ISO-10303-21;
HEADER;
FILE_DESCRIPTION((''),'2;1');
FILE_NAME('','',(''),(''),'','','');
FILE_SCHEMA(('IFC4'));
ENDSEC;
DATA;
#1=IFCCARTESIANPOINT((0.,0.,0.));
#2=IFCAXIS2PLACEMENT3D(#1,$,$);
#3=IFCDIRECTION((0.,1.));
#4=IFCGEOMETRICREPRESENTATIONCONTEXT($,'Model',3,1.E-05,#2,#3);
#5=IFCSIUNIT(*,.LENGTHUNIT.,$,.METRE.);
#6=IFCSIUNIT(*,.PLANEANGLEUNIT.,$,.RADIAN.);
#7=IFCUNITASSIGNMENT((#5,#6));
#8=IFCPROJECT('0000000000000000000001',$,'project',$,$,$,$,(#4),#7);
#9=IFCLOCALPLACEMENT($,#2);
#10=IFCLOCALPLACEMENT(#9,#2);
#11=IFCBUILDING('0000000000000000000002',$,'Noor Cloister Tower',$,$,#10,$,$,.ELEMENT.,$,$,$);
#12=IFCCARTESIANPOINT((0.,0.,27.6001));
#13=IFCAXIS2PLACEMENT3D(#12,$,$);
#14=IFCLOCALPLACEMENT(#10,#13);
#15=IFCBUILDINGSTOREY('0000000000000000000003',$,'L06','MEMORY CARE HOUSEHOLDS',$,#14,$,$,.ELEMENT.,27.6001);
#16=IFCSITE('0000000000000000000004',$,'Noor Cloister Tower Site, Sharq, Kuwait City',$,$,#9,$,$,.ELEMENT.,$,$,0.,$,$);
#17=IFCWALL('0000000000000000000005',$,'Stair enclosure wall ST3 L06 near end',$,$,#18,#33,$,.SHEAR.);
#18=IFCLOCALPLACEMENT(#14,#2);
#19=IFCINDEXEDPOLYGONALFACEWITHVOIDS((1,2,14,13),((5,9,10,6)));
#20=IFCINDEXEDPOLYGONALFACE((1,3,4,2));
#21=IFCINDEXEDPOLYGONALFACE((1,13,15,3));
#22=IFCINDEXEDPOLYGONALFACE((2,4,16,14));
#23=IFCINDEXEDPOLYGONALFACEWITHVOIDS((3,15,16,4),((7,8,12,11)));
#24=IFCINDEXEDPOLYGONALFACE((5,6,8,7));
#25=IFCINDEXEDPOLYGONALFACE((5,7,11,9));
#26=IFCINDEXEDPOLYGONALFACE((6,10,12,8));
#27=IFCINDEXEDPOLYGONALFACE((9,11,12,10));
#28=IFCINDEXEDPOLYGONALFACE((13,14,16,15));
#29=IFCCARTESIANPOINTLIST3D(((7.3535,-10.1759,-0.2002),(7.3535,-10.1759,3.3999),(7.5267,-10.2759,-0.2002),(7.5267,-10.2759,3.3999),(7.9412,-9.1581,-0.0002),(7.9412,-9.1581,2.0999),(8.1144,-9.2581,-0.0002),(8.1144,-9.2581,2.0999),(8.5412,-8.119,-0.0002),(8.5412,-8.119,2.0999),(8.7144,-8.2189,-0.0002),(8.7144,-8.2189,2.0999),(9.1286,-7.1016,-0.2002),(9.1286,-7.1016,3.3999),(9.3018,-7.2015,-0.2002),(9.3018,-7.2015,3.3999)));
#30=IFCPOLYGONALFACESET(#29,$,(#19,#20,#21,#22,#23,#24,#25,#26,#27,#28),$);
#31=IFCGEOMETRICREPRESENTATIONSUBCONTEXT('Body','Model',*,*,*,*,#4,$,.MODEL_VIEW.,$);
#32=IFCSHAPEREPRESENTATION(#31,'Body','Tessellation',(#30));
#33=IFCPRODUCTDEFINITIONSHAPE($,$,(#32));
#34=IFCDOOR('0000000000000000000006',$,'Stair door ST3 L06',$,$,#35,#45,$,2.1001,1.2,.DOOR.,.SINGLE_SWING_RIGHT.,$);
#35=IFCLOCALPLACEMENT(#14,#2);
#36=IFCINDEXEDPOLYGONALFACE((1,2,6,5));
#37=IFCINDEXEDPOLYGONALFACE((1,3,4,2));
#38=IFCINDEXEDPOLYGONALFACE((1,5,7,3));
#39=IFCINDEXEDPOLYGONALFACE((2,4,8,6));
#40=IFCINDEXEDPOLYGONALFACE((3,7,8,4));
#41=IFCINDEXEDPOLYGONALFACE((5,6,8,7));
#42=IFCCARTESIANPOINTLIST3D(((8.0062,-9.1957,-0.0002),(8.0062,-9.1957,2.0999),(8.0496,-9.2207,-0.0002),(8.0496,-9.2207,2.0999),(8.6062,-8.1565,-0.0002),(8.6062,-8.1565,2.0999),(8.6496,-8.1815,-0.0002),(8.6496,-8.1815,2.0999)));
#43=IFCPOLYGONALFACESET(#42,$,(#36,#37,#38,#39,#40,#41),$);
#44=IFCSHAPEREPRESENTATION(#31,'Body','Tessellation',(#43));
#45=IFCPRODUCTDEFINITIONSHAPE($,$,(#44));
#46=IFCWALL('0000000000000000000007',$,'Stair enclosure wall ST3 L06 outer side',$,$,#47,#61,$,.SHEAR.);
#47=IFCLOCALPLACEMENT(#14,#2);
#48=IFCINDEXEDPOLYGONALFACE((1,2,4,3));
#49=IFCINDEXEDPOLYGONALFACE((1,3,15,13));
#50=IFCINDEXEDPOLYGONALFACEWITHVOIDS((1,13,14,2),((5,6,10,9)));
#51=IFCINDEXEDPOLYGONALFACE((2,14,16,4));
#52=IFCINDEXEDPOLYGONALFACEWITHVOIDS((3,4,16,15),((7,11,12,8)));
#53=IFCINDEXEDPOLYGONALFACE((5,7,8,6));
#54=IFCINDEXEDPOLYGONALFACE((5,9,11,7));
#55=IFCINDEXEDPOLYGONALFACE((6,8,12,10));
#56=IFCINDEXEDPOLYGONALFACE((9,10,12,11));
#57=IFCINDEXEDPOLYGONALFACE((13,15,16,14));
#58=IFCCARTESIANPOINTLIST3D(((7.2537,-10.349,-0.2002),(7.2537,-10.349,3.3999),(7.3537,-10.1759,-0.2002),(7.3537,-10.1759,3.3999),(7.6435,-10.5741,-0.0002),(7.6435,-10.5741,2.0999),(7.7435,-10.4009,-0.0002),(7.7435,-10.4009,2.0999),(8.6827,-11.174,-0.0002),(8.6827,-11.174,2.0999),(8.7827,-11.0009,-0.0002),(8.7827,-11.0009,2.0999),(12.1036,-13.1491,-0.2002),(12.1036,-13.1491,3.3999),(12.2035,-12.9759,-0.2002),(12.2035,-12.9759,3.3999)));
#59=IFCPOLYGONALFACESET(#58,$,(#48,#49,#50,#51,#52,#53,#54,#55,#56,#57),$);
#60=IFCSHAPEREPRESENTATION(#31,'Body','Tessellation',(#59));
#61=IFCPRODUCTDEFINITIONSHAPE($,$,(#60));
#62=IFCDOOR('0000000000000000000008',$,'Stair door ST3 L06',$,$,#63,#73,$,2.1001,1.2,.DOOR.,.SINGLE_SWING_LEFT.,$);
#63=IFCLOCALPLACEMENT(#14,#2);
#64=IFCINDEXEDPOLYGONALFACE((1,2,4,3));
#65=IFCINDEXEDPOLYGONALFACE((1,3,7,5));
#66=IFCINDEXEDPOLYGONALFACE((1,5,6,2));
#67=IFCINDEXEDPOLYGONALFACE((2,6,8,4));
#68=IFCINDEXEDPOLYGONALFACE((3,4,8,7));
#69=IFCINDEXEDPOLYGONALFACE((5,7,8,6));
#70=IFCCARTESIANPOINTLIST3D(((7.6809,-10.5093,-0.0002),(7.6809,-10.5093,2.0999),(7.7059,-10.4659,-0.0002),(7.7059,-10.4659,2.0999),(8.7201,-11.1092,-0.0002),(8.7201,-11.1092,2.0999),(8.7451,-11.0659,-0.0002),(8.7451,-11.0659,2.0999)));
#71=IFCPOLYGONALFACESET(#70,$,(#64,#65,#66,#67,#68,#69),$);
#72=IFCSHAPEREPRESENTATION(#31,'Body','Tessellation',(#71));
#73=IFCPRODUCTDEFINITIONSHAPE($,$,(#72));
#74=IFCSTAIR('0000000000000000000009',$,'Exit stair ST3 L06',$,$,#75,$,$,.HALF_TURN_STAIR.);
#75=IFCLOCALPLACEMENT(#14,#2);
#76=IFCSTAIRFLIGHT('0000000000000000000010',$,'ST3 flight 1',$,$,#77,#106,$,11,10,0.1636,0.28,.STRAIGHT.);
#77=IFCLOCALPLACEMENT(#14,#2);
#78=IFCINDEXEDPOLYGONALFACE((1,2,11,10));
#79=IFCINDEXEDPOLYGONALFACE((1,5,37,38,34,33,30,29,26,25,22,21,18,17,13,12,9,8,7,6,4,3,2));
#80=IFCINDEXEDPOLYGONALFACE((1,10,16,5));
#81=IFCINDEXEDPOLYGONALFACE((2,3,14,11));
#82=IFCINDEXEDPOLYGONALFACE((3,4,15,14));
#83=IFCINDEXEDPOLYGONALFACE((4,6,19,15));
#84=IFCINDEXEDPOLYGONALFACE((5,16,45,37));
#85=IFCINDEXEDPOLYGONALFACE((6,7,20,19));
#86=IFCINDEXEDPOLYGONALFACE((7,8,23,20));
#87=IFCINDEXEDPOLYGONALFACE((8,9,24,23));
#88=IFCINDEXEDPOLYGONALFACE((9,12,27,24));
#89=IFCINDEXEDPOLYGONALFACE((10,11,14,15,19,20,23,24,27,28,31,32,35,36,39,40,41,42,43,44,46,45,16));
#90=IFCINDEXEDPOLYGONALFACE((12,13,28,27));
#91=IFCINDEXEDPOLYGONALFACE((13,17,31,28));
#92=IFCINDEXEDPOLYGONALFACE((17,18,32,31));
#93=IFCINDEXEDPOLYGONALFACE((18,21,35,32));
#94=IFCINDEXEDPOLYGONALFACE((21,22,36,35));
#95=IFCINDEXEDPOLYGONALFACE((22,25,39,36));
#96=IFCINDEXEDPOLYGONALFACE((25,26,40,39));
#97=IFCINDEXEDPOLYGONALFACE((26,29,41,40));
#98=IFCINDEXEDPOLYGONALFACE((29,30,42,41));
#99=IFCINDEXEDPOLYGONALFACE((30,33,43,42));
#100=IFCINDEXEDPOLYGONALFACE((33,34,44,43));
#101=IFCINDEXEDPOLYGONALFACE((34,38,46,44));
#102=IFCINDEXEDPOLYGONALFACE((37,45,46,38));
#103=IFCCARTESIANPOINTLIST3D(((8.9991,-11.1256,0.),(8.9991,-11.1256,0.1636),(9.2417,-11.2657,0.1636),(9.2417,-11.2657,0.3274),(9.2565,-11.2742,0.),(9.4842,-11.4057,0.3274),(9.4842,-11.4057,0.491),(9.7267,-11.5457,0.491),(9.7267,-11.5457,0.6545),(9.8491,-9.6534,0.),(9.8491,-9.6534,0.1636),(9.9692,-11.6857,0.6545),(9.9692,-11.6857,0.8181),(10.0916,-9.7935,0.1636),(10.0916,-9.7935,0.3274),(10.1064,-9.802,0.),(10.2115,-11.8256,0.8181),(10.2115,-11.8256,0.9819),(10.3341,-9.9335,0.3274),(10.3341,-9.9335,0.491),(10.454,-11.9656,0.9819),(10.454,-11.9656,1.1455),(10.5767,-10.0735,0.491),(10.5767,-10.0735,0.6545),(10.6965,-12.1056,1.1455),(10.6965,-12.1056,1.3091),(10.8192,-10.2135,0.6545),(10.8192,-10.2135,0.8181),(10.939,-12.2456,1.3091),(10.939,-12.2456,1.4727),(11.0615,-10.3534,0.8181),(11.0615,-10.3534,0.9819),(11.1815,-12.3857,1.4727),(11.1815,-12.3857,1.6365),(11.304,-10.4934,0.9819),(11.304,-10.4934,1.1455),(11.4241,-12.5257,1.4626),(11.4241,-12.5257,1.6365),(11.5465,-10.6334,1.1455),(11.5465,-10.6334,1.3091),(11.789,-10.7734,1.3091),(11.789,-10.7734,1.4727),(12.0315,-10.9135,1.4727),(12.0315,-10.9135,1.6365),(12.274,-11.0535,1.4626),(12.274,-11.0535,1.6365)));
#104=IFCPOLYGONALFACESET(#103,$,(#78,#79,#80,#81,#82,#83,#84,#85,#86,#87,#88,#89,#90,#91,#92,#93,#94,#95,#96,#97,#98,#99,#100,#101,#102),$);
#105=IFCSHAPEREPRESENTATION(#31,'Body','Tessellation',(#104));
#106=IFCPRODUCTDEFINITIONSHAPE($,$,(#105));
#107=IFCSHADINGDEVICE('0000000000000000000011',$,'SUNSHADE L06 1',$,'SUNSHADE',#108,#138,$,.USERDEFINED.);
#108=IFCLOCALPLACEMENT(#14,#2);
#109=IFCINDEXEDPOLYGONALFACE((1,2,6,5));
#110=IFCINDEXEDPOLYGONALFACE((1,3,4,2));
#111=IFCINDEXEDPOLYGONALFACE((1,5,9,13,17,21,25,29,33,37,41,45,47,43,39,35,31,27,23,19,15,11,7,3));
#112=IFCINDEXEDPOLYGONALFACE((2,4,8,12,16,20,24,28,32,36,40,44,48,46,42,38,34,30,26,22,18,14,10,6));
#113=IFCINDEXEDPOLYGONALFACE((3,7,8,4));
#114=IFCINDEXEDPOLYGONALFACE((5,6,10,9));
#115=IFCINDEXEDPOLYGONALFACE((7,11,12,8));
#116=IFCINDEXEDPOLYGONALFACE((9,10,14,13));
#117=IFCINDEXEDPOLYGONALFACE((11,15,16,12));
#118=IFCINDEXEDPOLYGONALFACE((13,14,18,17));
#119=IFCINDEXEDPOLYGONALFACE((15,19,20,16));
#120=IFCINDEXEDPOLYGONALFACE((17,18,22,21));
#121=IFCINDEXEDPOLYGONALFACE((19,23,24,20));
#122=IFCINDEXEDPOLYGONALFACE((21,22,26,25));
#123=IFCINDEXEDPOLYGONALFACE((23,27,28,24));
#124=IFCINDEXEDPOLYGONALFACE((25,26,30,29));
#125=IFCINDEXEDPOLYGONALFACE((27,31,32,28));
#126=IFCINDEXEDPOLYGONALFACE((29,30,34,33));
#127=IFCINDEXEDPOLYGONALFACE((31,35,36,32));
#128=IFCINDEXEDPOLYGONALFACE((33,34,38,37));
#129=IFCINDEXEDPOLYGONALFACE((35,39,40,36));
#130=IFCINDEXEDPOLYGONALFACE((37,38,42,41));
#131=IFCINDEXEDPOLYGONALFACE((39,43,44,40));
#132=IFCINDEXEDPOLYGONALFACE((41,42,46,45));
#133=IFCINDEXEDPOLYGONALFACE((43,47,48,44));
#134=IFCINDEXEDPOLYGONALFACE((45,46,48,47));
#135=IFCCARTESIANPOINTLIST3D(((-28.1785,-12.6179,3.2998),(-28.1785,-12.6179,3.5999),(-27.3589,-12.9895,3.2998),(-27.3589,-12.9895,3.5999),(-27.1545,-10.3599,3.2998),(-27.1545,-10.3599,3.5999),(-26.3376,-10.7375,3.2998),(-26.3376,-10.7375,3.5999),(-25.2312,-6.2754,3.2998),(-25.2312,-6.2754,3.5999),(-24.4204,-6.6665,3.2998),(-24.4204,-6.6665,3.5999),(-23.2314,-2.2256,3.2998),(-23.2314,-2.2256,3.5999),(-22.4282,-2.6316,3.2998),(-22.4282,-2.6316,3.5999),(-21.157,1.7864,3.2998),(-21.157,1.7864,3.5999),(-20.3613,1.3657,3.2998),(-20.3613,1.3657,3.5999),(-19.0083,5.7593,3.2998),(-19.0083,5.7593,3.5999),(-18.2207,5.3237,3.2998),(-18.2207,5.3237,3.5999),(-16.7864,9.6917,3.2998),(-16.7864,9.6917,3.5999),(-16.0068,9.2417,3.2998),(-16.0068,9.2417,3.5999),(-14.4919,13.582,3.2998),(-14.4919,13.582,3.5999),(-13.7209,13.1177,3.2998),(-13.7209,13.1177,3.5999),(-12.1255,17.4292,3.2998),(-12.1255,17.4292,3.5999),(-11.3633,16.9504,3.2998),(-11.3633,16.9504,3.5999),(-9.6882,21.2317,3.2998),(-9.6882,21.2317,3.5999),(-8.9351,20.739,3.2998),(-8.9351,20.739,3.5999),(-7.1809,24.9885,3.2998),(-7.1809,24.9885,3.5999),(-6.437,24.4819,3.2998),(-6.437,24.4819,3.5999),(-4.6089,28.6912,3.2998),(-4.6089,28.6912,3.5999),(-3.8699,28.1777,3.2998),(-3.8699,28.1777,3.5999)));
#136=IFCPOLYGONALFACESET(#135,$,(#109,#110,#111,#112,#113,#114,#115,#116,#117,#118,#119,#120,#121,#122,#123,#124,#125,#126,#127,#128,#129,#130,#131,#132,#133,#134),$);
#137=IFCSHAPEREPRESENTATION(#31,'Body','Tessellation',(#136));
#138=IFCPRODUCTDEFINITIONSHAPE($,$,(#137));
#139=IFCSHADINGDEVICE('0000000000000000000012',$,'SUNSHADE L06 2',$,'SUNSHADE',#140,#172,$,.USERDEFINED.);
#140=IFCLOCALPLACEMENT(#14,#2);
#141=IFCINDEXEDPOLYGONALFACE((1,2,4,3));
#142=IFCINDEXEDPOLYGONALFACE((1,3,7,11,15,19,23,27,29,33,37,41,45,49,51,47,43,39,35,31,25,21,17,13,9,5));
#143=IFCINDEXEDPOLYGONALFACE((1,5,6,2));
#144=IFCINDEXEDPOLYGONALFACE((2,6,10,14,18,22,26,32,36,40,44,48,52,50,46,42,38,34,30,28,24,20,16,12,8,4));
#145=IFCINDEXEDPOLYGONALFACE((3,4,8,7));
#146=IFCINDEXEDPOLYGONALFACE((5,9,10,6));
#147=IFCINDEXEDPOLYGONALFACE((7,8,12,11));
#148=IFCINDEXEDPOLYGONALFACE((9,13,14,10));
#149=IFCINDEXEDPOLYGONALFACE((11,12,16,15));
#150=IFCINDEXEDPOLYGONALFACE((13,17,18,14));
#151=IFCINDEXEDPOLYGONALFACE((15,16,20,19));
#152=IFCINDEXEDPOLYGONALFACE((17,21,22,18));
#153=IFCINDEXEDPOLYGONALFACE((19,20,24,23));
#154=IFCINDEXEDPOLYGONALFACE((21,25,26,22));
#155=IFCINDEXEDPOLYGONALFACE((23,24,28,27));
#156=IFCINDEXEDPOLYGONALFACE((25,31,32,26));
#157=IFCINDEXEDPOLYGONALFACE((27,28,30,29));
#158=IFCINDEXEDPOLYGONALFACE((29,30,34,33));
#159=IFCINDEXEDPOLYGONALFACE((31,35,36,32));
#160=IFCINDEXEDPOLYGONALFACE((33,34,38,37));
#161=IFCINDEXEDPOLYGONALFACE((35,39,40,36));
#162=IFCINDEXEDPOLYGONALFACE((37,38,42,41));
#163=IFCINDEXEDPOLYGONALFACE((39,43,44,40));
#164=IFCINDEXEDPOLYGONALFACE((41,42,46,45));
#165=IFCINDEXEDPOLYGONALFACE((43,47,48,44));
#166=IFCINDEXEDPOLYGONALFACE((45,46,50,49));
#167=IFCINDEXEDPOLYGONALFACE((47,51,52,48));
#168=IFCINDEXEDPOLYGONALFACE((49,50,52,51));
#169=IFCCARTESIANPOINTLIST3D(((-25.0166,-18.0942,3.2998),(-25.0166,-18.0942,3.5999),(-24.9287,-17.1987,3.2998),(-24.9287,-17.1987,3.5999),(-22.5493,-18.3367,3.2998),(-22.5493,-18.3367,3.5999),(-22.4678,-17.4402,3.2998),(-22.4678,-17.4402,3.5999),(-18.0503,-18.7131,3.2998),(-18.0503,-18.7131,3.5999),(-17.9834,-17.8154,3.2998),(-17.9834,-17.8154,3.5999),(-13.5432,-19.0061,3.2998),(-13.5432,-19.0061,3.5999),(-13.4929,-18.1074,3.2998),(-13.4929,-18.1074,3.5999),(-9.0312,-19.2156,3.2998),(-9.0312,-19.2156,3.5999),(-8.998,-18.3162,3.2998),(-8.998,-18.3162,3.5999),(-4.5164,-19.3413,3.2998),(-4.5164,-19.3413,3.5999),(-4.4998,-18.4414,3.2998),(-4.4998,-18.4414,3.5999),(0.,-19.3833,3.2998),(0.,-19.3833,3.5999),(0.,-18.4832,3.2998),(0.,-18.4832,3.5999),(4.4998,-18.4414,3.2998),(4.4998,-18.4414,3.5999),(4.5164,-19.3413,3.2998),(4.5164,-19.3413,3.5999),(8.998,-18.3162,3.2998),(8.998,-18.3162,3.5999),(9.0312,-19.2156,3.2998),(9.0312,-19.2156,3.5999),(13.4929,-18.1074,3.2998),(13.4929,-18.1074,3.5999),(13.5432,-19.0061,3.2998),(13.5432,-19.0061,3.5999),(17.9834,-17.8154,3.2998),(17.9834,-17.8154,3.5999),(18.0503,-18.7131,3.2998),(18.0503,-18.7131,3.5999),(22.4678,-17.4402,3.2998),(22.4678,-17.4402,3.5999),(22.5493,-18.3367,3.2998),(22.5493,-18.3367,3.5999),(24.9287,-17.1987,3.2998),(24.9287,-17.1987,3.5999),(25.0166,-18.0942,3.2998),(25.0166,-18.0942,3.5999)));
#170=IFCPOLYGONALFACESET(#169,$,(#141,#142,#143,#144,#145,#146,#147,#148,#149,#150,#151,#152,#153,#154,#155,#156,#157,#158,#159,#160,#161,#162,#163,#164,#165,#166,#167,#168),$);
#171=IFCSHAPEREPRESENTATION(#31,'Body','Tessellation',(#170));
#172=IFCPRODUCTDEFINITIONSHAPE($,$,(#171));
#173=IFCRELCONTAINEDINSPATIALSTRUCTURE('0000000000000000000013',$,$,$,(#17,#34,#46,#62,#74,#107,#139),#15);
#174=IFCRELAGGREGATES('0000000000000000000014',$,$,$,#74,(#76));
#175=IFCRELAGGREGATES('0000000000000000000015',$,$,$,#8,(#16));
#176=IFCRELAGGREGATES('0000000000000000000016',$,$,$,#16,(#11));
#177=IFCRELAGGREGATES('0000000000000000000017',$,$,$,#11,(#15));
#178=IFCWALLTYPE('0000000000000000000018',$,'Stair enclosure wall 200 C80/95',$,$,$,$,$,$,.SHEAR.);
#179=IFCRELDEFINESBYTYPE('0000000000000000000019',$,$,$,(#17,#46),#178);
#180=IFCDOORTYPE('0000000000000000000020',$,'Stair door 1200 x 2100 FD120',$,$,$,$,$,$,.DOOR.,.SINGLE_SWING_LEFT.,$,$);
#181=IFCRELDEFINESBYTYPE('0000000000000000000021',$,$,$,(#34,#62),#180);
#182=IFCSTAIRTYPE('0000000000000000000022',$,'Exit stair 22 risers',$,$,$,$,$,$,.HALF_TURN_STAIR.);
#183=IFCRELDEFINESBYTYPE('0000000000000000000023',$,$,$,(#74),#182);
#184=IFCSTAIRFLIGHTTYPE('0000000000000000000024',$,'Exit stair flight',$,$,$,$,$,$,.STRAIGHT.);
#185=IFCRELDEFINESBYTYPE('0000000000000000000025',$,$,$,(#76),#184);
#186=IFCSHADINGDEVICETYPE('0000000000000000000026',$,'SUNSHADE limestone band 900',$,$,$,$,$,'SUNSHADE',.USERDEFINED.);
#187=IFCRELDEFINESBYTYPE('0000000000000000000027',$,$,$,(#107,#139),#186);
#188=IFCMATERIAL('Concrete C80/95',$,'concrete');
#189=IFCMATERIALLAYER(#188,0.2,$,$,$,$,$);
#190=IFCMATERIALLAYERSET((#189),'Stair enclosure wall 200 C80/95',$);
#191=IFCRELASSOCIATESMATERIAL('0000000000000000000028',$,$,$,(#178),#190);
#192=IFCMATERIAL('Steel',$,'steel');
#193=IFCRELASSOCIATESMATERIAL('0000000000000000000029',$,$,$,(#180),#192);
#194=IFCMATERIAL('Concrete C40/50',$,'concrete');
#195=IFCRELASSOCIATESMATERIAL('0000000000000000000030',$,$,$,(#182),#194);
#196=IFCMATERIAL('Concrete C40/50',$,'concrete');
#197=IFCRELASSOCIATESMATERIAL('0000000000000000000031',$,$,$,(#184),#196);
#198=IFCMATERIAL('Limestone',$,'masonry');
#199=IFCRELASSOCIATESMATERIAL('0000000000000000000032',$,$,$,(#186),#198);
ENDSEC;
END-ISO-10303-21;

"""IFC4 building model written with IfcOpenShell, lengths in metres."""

from ifc_helpers import new_model, si_unit, direction, frame, frame_2d, origin, place, context, subcontext, project, spatial, polyline, rectangle, outline, extrude, material, layer, layer_set, type_object, element, fill, aggregate, save


model = new_model("IFC4")

# Units and contexts
model_context = context("Model", 3, precision=1e-05, world=origin(), true_north=direction((0.0, 1.0)))
body_context = subcontext(model_context, "Body", "Model", "MODEL_VIEW")
ifc_project = project(units=[si_unit("LENGTHUNIT", "METRE"), si_unit("PLANEANGLEUNIT", "RADIAN")], contexts=[model_context])

# Site, building, storey
site_placement = place(None, origin())
site = spatial("IfcSite", under=ifc_project, at=site_placement, Name="Noor Cloister Tower Site, Sharq, Kuwait City", CompositionType="ELEMENT", RefElevation=0.0)
building_placement = place(site_placement, origin())
building = spatial("IfcBuilding", under=site, at=building_placement, Name="Noor Cloister Tower", CompositionType="ELEMENT")
storey_placement = place(building_placement, frame((0.0, 0.0, 27.6001)))
storey = spatial("IfcBuildingStorey", under=building, at=storey_placement, Name="L06", Description="MEMORY CARE HOUSEHOLDS", CompositionType="ELEMENT", Elevation=27.6001)

# Walls, openings, doors
ifc_material_1 = material(Name="Concrete C80/95", Category="concrete")
ifc_layer_1 = layer(ifc_material_1, 0.2)
ifc_layer_set_1 = layer_set([ifc_layer_1], Name="Stair enclosure wall 200 C80/95")
wall_type_1 = type_object("IfcWallType", Name="Stair enclosure wall 200 C80/95", PredefinedType="SHEAR", material=ifc_layer_set_1)
wall_1_placement = place(storey_placement, frame((7.4402, -10.2258, -0.2002), z_axis=(0.0, 0.0, 1.0), x_axis=(0.500022, 0.866013, 0.0)))
wall_1 = element("IfcWall", 1, at=wall_1_placement, inside=storey, type_object=wall_type_1, Name="Stair enclosure wall ST3 L06 near end", PredefinedType="SHEAR", context=body_context, shape_type="SweptSolid", body=[
    extrude(rectangle(XDim=3.55, YDim=0.2, at=frame_2d((1.7749, 0.0))), origin(), (0.0, 0.0, 1.0), 3.6001),
])
opening_1_placement = place(wall_1_placement, frame((1.175, 0.0, 0.2)))
opening_1 = element("IfcOpeningElement", 2, at=opening_1_placement, cuts=wall_1, PredefinedType="OPENING", context=body_context, shape_type="SweptSolid", body=[
    extrude(rectangle(XDim=1.2, YDim=2.1001, at=frame_2d((0.6001, 1.05))), frame((0.0, 0.1099, 0.0), z_axis=(0.0, -1.0, 0.0), x_axis=(1.0, 0.0, 0.0)), (0.0, 0.0, 1.0), 0.22),
])
ifc_material_2 = material(Name="Steel", Category="steel")
door_type_1 = type_object("IfcDoorType", Name="Stair door 1200 x 2100 FD120", OperationType="SINGLE_SWING_LEFT", PredefinedType="DOOR", material=ifc_material_2)
door_1_placement = place(opening_1_placement, origin())
door_1 = element("IfcDoor", 3, at=door_1_placement, inside=storey, type_object=door_type_1, Name="Stair door ST3 L06", OperationType="SINGLE_SWING_RIGHT", OverallHeight=2.1001, OverallWidth=1.2, PredefinedType="DOOR", context=body_context, shape_type="SweptSolid", body=[
    extrude(rectangle(XDim=1.2, YDim=2.1001, at=frame_2d((0.6001, 1.05))), frame((0.0, 0.0249, 0.0), z_axis=(0.0, -1.0, 0.0), x_axis=(1.0, 0.0, 0.0)), (0.0, 0.0, 1.0), 0.05),
])
fill(opening_1, door_1)
wall_2_placement = place(storey_placement, frame((7.3037, -10.2625, -0.2002), z_axis=(0.0, 0.0, 1.0), x_axis=(0.866027, -0.499998, 0.0)))
wall_2 = element("IfcWall", 4, at=wall_2_placement, inside=storey, type_object=wall_type_1, Name="Stair enclosure wall ST3 L06 outer side", PredefinedType="SHEAR", context=body_context, shape_type="SweptSolid", body=[
    extrude(rectangle(XDim=5.6001, YDim=0.2, at=frame_2d((2.8, 0.0))), origin(), (0.0, 0.0, 1.0), 3.6001),
])
opening_2_placement = place(wall_2_placement, frame((0.45, 0.0, 0.2)))
opening_2 = element("IfcOpeningElement", 5, at=opening_2_placement, cuts=wall_2, PredefinedType="OPENING", context=body_context, shape_type="SweptSolid", body=[
    extrude(rectangle(XDim=1.2, YDim=2.1001, at=frame_2d((0.6001, 1.05))), frame((0.0, 0.1099, 0.0), z_axis=(0.0, -1.0, 0.0), x_axis=(1.0, 0.0, 0.0)), (0.0, 0.0, 1.0), 0.22),
])
door_2_placement = place(opening_2_placement, origin())
door_2 = element("IfcDoor", 6, at=door_2_placement, inside=storey, type_object=door_type_1, Name="Stair door ST3 L06", OperationType="SINGLE_SWING_LEFT", OverallHeight=2.1001, OverallWidth=1.2, PredefinedType="DOOR", context=body_context, shape_type="SweptSolid", body=[
    extrude(rectangle(XDim=1.2, YDim=2.1001, at=frame_2d((0.6001, 1.05))), frame((0.0, 0.0249, 0.0), z_axis=(0.0, -1.0, 0.0), x_axis=(1.0, 0.0, 0.0)), (0.0, 0.0, 1.0), 0.05),
])
fill(opening_2, door_2)

# Stair, stair flight
ifc_material_3 = material(Name="Concrete C40/50", Category="concrete")
stair_type = type_object("IfcStairType", Name="Exit stair 22 risers", PredefinedType="HALF_TURN_STAIR", material=ifc_material_3)
stair_placement = place(storey_placement, origin())
stair = element("IfcStair", 7, at=stair_placement, inside=storey, type_object=stair_type, Name="Exit stair ST3 L06", PredefinedType="HALF_TURN_STAIR")
ifc_material_4 = material(Name="Concrete C40/50", Category="concrete")
stair_flight_type = type_object("IfcStairFlightType", Name="Exit stair flight", PredefinedType="STRAIGHT", material=ifc_material_4)
stair_flight_placement = place(storey_placement, frame((9.4241, -10.3896, 0.0), z_axis=(0.0, 0.0, 1.0), x_axis=(0.866025, -0.5, 0.0)))
stair_flight = element("IfcStairFlight", 8, at=stair_flight_placement, type_object=stair_flight_type, Name="ST3 flight 1", NumberOfRisers=11, NumberOfTreads=10, PredefinedType="STRAIGHT", RiserHeight=0.1636, TreadLength=0.28, context=body_context, shape_type="SweptSolid", body=[
    extrude(outline(polyline([(0.0, 0.0), (0.0, 0.1636), (0.28, 0.1636), (0.28, 0.3274), (0.5601, 0.3274), (0.5601, 0.491), (0.8401, 0.491), (0.8401, 0.6545), (1.1201, 0.6545), (1.1201, 0.8181), (1.3999, 0.8181), (1.3999, 0.9819), (1.6799, 0.9819), (1.6799, 1.1455), (1.96, 1.1455), (1.96, 1.3091), (2.24, 1.3091), (2.24, 1.4727), (2.52, 1.4727), (2.52, 1.6365), (2.8, 1.6365), (2.8, 1.8), (2.8, 1.4626), (0.2971, 0.0), (0.0, 0.0)])), frame((0.0, 0.8501, 0.0), z_axis=(0.0, -1.0, 0.0), x_axis=(1.0, 0.0, 0.0)), (0.0, 0.0, 1.0), 1.7),
])
aggregate(stair, [stair_flight])

# Shading devices
ifc_material_5 = material(Name="Limestone", Category="masonry")
shading_device_type = type_object("IfcShadingDeviceType", Name="SUNSHADE limestone band 900", ElementType="SUNSHADE", PredefinedType="USERDEFINED", material=ifc_material_5)
shading_device_1_placement = place(storey_placement, frame((0.0, 0.0, 3.2998)))
element("IfcShadingDevice", 9, at=shading_device_1_placement, inside=storey, type_object=shading_device_type, Name="SUNSHADE L06 1", ObjectType="SUNSHADE", PredefinedType="USERDEFINED", context=body_context, shape_type="SweptSolid", body=[
    extrude(outline(polyline([(-4.6089, 28.6912), (-7.1809, 24.9885), (-9.6882, 21.2317), (-12.1255, 17.4292), (-14.4919, 13.582), (-16.7864, 9.6917), (-19.0083, 5.7593), (-21.157, 1.7864), (-23.2314, -2.2256), (-25.2312, -6.2754), (-27.1545, -10.3599), (-28.1785, -12.6179), (-27.3589, -12.9895), (-26.3376, -10.7375), (-24.4204, -6.6665), (-22.4282, -2.6316), (-20.3613, 1.3657), (-18.2207, 5.3237), (-16.0068, 9.2417), (-13.7209, 13.1177), (-11.3633, 16.9504), (-8.9351, 20.739), (-6.437, 24.4819), (-3.8699, 28.1777), (-4.6089, 28.6912)])), origin(), (0.0, 0.0, 1.0), 0.3),
])
shading_device_2_placement = place(storey_placement, frame((0.0, 0.0, 3.2998)))
element("IfcShadingDevice", 10, at=shading_device_2_placement, inside=storey, type_object=shading_device_type, Name="SUNSHADE L06 2", ObjectType="SUNSHADE", PredefinedType="USERDEFINED", context=body_context, shape_type="SweptSolid", body=[
    extrude(outline(polyline([(-25.0166, -18.0942), (-22.5493, -18.3367), (-18.0503, -18.7131), (-13.5432, -19.0061), (-9.0312, -19.2156), (-4.5164, -19.3413), (0.0, -19.3833), (4.5164, -19.3413), (9.0312, -19.2156), (13.5432, -19.0061), (18.0503, -18.7131), (22.5493, -18.3367), (25.0166, -18.0942), (24.9287, -17.1987), (22.4678, -17.4402), (17.9834, -17.8154), (13.4929, -18.1074), (8.998, -18.3162), (4.4998, -18.4414), (0.0, -18.4832), (-4.4998, -18.4414), (-8.998, -18.3162), (-13.4929, -18.1074), (-17.9834, -17.8154), (-22.4678, -17.4402), (-24.9287, -17.1987), (-25.0166, -18.0942)])), origin(), (0.0, 0.0, 1.0), 0.3),
])

save(model, "model.ifc")
